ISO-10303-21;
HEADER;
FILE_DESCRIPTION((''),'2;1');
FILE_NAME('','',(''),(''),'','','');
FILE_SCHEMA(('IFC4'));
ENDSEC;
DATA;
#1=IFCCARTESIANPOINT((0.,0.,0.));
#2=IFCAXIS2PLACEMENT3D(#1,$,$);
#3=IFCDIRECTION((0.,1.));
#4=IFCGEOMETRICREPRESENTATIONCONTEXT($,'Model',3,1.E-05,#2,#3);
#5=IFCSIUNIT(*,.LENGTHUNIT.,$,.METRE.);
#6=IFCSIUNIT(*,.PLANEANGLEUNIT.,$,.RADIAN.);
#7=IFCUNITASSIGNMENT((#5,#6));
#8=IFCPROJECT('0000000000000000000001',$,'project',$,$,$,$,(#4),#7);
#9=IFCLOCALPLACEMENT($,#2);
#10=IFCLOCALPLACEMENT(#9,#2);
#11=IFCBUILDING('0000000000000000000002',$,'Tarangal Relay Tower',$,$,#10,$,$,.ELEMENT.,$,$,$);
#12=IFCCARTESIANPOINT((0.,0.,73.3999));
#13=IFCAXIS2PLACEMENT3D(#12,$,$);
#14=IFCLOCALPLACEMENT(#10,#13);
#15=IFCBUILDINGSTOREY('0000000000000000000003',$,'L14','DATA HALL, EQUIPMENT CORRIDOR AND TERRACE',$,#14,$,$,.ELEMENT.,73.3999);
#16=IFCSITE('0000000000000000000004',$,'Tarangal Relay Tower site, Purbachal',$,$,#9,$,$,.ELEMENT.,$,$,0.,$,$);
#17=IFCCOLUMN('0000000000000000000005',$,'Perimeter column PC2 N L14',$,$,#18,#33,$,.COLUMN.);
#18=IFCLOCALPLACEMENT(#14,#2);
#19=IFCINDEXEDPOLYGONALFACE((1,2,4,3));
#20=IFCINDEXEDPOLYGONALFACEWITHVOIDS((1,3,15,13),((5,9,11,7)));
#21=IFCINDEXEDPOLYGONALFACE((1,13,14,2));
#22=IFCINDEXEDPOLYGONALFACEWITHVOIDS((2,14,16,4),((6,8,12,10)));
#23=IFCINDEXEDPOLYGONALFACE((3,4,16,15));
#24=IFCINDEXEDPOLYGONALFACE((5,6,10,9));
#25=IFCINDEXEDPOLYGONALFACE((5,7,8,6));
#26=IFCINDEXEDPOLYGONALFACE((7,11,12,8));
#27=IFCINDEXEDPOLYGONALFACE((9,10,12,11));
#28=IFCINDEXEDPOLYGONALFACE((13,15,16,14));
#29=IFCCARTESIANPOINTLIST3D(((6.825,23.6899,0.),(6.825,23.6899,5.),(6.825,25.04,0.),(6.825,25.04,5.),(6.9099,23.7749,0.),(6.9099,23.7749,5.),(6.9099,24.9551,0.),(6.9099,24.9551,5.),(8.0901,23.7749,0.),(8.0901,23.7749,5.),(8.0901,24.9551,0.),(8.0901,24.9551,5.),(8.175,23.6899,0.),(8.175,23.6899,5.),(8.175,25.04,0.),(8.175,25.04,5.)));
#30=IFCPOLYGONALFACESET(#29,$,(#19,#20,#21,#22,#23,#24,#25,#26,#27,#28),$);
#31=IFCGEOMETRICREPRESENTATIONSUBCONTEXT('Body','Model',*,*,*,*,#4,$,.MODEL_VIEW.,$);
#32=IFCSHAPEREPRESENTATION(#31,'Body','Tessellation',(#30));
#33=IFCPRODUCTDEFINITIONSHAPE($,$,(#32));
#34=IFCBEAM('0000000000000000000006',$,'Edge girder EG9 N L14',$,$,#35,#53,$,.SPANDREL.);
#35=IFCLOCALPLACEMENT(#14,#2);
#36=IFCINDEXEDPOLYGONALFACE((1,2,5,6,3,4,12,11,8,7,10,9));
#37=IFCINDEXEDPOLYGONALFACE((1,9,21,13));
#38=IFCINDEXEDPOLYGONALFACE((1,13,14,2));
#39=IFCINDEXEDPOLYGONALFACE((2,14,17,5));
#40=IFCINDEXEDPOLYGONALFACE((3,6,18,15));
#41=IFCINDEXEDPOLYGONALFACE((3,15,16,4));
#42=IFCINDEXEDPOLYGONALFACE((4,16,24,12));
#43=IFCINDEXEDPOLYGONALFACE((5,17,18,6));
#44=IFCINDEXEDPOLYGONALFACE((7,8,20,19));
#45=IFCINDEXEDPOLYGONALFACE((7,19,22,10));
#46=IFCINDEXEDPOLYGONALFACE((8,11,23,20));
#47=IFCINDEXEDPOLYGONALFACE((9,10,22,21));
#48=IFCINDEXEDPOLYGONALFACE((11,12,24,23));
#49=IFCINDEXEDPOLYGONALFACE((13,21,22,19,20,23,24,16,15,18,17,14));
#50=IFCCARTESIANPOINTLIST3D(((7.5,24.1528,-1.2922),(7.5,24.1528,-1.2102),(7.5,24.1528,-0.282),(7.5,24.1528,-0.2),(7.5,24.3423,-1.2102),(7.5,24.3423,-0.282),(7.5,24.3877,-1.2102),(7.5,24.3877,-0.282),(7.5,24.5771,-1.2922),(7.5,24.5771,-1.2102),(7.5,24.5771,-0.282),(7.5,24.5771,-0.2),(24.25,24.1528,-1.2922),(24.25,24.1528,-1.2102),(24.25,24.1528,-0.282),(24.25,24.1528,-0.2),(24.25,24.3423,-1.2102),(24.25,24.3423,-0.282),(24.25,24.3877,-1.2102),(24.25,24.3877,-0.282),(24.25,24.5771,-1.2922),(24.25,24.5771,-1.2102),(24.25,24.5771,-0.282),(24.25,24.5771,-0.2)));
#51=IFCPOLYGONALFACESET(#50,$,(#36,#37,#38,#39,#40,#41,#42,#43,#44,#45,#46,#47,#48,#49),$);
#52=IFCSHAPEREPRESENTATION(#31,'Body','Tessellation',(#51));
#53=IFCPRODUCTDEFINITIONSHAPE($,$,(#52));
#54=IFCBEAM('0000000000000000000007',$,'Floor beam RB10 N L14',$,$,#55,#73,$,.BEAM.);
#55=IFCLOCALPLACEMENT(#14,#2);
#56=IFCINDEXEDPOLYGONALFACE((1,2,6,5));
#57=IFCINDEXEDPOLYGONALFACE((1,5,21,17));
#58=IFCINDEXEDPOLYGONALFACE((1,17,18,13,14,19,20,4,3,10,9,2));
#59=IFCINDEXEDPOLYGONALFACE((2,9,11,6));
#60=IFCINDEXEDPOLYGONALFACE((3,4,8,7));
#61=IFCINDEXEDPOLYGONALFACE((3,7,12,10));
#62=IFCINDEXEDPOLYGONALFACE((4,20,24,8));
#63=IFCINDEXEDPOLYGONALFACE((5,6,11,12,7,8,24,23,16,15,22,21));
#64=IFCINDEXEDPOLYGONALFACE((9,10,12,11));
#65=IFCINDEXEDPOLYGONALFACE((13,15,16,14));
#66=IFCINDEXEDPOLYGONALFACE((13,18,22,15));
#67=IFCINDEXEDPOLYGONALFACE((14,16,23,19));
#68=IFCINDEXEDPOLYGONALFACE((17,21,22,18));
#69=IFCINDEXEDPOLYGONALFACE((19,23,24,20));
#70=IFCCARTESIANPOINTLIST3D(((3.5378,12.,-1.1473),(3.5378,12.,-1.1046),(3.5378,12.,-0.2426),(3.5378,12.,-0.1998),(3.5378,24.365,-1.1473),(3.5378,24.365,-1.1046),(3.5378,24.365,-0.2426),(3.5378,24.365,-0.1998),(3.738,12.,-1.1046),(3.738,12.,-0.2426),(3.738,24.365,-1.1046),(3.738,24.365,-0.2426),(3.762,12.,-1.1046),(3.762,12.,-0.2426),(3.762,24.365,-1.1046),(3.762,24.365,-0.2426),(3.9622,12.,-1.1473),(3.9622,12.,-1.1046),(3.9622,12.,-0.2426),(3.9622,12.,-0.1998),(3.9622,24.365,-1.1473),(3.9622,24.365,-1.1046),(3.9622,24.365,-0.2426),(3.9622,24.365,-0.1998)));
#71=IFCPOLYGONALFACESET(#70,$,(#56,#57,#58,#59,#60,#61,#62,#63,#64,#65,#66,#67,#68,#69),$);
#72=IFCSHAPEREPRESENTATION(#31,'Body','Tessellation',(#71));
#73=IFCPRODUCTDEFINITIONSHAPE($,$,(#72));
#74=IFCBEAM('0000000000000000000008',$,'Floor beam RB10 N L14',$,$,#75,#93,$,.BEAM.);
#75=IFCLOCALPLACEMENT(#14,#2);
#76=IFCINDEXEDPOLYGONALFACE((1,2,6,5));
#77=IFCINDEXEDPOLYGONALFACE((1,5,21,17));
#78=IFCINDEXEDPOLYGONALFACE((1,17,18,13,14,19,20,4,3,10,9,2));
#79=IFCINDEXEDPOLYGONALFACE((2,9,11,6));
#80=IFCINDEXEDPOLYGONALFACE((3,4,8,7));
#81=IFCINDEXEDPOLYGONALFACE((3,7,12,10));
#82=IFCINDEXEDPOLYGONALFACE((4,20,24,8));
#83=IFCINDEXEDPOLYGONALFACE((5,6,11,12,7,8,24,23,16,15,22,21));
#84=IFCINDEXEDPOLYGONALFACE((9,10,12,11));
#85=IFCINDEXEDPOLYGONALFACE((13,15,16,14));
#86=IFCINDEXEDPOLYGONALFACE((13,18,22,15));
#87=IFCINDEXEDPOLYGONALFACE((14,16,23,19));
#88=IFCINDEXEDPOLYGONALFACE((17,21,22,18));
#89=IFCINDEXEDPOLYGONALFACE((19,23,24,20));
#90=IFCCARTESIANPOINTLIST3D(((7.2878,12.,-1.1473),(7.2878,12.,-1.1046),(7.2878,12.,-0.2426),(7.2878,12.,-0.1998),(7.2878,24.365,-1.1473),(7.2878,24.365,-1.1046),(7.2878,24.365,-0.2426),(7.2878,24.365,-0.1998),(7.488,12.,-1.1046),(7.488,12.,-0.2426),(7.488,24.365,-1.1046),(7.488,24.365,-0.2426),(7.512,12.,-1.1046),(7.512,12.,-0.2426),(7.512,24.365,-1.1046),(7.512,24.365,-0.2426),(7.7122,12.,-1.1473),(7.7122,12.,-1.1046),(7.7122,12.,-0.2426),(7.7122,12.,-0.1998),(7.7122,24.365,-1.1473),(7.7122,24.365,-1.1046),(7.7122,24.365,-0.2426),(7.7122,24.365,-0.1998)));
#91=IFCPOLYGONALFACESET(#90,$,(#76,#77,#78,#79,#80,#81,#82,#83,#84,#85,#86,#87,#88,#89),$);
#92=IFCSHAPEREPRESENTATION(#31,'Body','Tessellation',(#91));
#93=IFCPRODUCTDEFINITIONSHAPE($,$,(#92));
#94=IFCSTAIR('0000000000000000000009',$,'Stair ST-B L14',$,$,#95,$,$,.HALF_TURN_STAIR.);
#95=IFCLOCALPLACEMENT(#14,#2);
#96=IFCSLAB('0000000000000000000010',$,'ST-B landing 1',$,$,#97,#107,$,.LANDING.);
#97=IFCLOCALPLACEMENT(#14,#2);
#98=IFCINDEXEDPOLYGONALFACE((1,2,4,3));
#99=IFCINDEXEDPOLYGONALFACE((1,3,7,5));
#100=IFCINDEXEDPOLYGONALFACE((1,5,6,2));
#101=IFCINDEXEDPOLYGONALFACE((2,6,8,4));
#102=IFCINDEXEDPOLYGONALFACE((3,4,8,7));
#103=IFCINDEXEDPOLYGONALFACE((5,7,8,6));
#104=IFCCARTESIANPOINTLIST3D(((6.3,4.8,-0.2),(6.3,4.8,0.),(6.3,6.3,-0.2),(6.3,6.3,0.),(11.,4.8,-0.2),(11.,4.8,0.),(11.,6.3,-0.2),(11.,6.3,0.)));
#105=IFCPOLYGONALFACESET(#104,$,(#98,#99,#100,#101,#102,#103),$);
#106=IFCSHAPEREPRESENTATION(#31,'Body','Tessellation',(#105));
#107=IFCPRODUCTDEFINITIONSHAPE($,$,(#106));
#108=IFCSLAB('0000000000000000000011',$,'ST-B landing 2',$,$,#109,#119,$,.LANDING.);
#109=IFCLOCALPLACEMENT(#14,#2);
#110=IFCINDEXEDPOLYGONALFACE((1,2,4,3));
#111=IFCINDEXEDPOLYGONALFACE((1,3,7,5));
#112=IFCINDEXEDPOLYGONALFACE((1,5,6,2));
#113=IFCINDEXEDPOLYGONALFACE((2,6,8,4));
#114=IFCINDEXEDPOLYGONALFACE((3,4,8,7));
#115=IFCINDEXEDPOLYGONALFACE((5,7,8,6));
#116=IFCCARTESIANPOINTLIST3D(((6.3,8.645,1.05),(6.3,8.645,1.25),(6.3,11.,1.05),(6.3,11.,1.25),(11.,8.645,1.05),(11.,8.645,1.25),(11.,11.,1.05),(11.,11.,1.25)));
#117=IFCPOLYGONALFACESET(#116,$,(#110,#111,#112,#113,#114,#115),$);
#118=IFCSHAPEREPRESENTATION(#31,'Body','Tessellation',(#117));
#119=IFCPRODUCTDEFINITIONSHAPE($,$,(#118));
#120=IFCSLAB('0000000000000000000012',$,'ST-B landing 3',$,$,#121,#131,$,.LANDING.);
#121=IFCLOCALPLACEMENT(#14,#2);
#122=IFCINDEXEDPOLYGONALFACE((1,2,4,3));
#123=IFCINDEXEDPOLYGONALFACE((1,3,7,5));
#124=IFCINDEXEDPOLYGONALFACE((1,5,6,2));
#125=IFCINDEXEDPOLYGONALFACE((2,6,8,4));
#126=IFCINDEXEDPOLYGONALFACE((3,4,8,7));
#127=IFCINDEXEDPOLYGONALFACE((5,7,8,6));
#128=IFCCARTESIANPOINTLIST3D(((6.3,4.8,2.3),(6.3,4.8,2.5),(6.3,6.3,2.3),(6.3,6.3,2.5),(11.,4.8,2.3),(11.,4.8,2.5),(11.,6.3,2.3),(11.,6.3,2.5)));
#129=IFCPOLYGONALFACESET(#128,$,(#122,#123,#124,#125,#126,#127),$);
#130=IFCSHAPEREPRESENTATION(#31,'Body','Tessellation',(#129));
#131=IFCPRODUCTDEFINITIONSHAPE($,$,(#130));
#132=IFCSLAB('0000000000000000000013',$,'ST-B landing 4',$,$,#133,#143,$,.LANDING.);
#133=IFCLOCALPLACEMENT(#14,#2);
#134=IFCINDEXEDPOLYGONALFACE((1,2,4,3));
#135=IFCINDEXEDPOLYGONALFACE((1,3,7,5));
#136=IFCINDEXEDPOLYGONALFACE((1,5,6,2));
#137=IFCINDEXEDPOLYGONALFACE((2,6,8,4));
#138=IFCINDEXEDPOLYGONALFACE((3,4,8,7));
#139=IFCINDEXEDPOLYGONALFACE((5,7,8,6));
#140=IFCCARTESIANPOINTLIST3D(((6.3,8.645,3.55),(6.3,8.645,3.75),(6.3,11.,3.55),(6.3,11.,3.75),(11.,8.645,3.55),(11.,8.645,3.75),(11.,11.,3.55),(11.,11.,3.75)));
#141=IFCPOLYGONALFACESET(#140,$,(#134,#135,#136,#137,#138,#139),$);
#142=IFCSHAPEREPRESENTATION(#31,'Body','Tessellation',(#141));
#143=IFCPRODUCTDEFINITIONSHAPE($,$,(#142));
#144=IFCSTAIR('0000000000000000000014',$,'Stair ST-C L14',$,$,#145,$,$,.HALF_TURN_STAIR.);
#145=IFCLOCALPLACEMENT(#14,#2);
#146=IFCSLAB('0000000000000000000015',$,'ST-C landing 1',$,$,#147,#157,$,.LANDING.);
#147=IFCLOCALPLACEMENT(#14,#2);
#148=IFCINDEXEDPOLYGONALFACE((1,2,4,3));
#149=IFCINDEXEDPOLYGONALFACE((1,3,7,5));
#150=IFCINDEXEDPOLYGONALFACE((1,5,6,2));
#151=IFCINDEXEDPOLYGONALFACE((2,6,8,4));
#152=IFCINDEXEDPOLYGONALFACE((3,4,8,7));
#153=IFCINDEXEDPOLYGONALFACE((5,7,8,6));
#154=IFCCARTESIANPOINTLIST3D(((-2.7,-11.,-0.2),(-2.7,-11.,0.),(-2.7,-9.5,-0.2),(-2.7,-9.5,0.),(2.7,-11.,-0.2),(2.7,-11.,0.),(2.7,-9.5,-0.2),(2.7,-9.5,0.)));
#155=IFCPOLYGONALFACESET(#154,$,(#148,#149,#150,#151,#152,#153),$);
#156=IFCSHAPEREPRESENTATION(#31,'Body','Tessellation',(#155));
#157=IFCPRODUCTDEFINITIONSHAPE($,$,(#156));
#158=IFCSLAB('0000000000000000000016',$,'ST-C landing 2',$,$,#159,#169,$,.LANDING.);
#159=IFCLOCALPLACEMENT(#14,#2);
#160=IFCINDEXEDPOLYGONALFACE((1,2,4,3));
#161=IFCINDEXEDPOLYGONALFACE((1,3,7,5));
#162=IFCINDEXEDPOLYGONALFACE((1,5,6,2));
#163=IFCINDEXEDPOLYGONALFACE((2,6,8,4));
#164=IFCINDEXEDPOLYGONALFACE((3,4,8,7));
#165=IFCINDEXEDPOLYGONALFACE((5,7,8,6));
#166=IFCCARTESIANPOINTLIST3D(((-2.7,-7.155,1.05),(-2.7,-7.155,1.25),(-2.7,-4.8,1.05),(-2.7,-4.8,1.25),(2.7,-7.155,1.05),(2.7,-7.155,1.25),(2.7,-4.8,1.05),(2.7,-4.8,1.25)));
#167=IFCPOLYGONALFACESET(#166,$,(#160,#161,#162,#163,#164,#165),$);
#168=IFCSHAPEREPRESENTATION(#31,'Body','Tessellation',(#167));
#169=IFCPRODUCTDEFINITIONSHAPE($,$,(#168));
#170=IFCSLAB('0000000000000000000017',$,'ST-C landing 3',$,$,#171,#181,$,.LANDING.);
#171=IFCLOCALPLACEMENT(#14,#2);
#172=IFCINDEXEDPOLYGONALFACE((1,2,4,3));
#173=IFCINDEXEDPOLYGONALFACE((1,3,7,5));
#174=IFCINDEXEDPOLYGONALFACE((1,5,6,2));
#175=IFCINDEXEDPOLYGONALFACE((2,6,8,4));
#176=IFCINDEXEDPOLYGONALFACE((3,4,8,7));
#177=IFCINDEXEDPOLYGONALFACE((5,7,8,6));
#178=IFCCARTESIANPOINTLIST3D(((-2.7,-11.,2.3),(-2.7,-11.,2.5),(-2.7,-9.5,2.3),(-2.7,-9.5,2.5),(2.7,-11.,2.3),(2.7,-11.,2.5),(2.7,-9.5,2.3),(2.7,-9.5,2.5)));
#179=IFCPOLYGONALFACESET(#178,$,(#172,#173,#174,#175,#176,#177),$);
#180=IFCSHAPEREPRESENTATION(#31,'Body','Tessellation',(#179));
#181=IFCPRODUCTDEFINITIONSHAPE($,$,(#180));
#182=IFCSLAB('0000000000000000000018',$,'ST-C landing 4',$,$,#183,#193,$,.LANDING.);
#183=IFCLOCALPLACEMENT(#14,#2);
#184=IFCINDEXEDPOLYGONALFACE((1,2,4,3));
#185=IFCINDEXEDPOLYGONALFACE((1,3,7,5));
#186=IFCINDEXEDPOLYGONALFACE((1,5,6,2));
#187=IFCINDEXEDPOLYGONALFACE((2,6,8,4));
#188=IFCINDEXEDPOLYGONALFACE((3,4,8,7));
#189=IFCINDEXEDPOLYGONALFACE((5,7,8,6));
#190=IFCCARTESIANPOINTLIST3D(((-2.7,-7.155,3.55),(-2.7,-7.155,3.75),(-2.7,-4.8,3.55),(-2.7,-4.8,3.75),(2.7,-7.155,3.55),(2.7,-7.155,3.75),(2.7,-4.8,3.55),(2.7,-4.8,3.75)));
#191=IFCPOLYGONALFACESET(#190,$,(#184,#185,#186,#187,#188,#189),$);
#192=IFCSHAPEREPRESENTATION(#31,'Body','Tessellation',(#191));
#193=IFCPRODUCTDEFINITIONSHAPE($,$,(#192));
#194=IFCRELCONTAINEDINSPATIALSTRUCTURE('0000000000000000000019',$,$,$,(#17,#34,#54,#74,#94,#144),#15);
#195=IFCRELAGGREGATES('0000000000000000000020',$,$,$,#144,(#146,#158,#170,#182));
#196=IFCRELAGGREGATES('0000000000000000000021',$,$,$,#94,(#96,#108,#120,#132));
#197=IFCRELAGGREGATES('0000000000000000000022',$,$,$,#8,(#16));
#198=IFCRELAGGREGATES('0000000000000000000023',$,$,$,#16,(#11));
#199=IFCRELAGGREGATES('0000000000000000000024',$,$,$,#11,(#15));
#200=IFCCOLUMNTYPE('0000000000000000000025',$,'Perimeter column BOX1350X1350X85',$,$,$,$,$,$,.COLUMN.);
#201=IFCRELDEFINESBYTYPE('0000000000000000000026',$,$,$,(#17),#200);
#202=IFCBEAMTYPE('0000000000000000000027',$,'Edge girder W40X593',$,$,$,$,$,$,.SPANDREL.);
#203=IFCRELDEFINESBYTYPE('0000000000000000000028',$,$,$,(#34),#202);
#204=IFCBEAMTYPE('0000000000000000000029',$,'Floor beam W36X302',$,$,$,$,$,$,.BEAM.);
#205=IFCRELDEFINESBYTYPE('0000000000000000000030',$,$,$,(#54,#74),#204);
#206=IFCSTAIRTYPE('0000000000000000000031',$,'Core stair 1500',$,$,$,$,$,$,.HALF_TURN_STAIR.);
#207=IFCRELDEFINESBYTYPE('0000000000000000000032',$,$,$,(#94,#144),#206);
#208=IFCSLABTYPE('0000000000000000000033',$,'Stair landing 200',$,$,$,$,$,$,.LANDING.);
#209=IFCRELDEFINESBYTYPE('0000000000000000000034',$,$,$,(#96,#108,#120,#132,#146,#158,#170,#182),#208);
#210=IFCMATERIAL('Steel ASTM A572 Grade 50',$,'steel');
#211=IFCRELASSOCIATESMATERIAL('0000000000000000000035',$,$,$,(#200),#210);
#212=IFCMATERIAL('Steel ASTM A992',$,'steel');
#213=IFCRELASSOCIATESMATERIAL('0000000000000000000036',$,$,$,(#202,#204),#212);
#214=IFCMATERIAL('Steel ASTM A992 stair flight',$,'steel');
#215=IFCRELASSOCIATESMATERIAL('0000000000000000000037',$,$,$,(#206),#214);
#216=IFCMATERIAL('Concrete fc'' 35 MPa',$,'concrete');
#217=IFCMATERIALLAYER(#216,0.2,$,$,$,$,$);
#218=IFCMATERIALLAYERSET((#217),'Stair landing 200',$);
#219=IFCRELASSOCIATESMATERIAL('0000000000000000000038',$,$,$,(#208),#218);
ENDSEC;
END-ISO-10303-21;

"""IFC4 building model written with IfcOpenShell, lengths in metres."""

from ifc_helpers import new_model, si_unit, direction, frame, origin, origin_2d, place, context, subcontext, project, spatial, polyline, hollow_rectangle, i_section, outline, extrude, material, layer, layer_set, material_profile, profile_set, type_object, element, aggregate, save


model = new_model("IFC4")

# Units and contexts
model_context = context("Model", 3, precision=1e-05, world=origin(), true_north=direction((0.0, 1.0)))
body_context = subcontext(model_context, "Body", "Model", "MODEL_VIEW")
ifc_project = project(units=[si_unit("LENGTHUNIT", "METRE"), si_unit("PLANEANGLEUNIT", "RADIAN")], contexts=[model_context])

# Site, building, storey
site_placement = place(None, origin())
site = spatial("IfcSite", under=ifc_project, at=site_placement, Name="Tarangal Relay Tower site, Purbachal", CompositionType="ELEMENT", RefElevation=0.0)
building_placement = place(site_placement, origin())
building = spatial("IfcBuilding", under=site, at=building_placement, Name="Tarangal Relay Tower", CompositionType="ELEMENT")
storey_placement = place(building_placement, frame((0.0, 0.0, 73.3999)))
storey = spatial("IfcBuildingStorey", under=building, at=storey_placement, Name="L14", Description="DATA HALL, EQUIPMENT CORRIDOR AND TERRACE", CompositionType="ELEMENT", Elevation=73.3999)

# Column
ifc_material_1 = material(Name="Steel ASTM A572 Grade 50", Category="steel")
ifc_material_profile_1 = material_profile(ifc_material_1, hollow_rectangle(XDim=1.3501, YDim=1.3501, WallThickness=0.085, at=origin_2d()), Name="BOX1350X1350X85")
ifc_profile_set_1 = profile_set([ifc_material_profile_1], Name="Steel ASTM A572 Grade 50")
column_type = type_object("IfcColumnType", Name="Perimeter column BOX1350X1350X85", PredefinedType="COLUMN", material=ifc_profile_set_1)
column_placement = place(storey_placement, frame((7.5, 24.365, 0.0), z_axis=(0.0, 0.0, 1.0), x_axis=(1.0, 0.0, 0.0)))
element("IfcColumn", 1, at=column_placement, inside=storey, type_object=column_type, Name="Perimeter column PC2 N L14", PredefinedType="COLUMN", context=body_context, shape_type="SweptSolid", body=[
    extrude(hollow_rectangle(XDim=1.3501, YDim=1.3501, WallThickness=0.085, at=origin_2d()), origin(), (0.0, 0.0, 1.0), 5.0),
])

# Beams
ifc_material_2 = material(Name="Steel ASTM A992", Category="steel")
ifc_material_profile_2 = material_profile(ifc_material_2, i_section(OverallWidth=0.4243, OverallDepth=1.0923, WebThickness=0.0454, FlangeThickness=0.082, at=origin_2d()), Name="W40X593")
ifc_profile_set_2 = profile_set([ifc_material_profile_2], Name="Steel ASTM A992")
beam_type_1 = type_object("IfcBeamType", Name="Edge girder W40X593", PredefinedType="SPANDREL", material=ifc_profile_set_2)
beam_placement = place(storey_placement, frame((7.5, 24.365, -0.7461), z_axis=(1.0, 0.0, 0.0), x_axis=(0.0, 1.0, 0.0)))
element("IfcBeam", 2, at=beam_placement, inside=storey, type_object=beam_type_1, Name="Edge girder EG9 N L14", PredefinedType="SPANDREL", context=body_context, shape_type="SweptSolid", body=[
    extrude(i_section(OverallWidth=0.4243, OverallDepth=1.0923, WebThickness=0.0454, FlangeThickness=0.082, at=origin_2d()), origin(), (0.0, 0.0, 1.0), 16.75),
])
ifc_material_profile_3 = material_profile(ifc_material_2, i_section(OverallWidth=0.4243, OverallDepth=0.9475, WebThickness=0.0239, FlangeThickness=0.0427, at=origin_2d()), Name="W36X302")
ifc_profile_set_3 = profile_set([ifc_material_profile_3], Name="Steel ASTM A992")
beam_type_2 = type_object("IfcBeamType", Name="Floor beam W36X302", PredefinedType="BEAM", material=ifc_profile_set_3)
for number, where, z_axis, x_axis, name in (
    (3, (3.75, 12.0, -0.6736), (0.0, 1.0, 0.0), (-1.0, 0.0, 0.0), "Floor beam RB10 N L14"),
    (4, (7.5, 12.0, -0.6736), (0.0, 1.0, 0.0), (-1.0, 0.0, 0.0), "Floor beam RB10 N L14"),
):
    element("IfcBeam", number, at=place(storey_placement, frame(where, z_axis=z_axis, x_axis=x_axis)), inside=storey, type_object=beam_type_2, Name=name, PredefinedType="BEAM", context=body_context, shape_type="SweptSolid", body=[
        extrude(i_section(OverallWidth=0.4243, OverallDepth=0.9475, WebThickness=0.0239, FlangeThickness=0.0427, at=origin_2d()), origin(), (0.0, 0.0, 1.0), 12.365),
    ])

# Stairs, slabs
ifc_material_3 = material(Name="Steel ASTM A992 stair flight", Category="steel")
stair_type = type_object("IfcStairType", Name="Core stair 1500", PredefinedType="HALF_TURN_STAIR", material=ifc_material_3)
stair_1_placement = place(storey_placement, origin())
stair_1 = element("IfcStair", 5, at=stair_1_placement, inside=storey, type_object=stair_type, Name="Stair ST-B L14", PredefinedType="HALF_TURN_STAIR")
ifc_material_4 = material(Name="Concrete fc' 35 MPa", Category="concrete")
ifc_layer_1 = layer(ifc_material_4, 0.2)
ifc_layer_set_1 = layer_set([ifc_layer_1], Name="Stair landing 200")
slab_type = type_object("IfcSlabType", Name="Stair landing 200", PredefinedType="LANDING", material=ifc_layer_set_1)
slab_1_placement = place(storey_placement, frame((0.0, 0.0, -0.2)))
slab_1 = element("IfcSlab", 6, at=slab_1_placement, type_object=slab_type, Name="ST-B landing 1", PredefinedType="LANDING", context=body_context, shape_type="SweptSolid", body=[
    extrude(outline(polyline([(6.3, 4.8), (11.0, 4.8), (11.0, 6.3), (6.3, 6.3), (6.3, 4.8)])), origin(), (0.0, 0.0, 1.0), 0.2),
])
slab_2_placement = place(storey_placement, frame((0.0, 0.0, 1.05)))
slab_2 = element("IfcSlab", 7, at=slab_2_placement, type_object=slab_type, Name="ST-B landing 2", PredefinedType="LANDING", context=body_context, shape_type="SweptSolid", body=[
    extrude(outline(polyline([(6.3, 8.645), (11.0, 8.645), (11.0, 11.0), (6.3, 11.0), (6.3, 8.645)])), origin(), (0.0, 0.0, 1.0), 0.2),
])
slab_3_placement = place(storey_placement, frame((0.0, 0.0, 2.3)))
slab_3 = element("IfcSlab", 8, at=slab_3_placement, type_object=slab_type, Name="ST-B landing 3", PredefinedType="LANDING", context=body_context, shape_type="SweptSolid", body=[
    extrude(outline(polyline([(6.3, 4.8), (11.0, 4.8), (11.0, 6.3), (6.3, 6.3), (6.3, 4.8)])), origin(), (0.0, 0.0, 1.0), 0.2),
])
slab_4_placement = place(storey_placement, frame((0.0, 0.0, 3.55)))
slab_4 = element("IfcSlab", 9, at=slab_4_placement, type_object=slab_type, Name="ST-B landing 4", PredefinedType="LANDING", context=body_context, shape_type="SweptSolid", body=[
    extrude(outline(polyline([(6.3, 8.645), (11.0, 8.645), (11.0, 11.0), (6.3, 11.0), (6.3, 8.645)])), origin(), (0.0, 0.0, 1.0), 0.2),
])
stair_2_placement = place(storey_placement, origin())
stair_2 = element("IfcStair", 10, at=stair_2_placement, inside=storey, type_object=stair_type, Name="Stair ST-C L14", PredefinedType="HALF_TURN_STAIR")
slab_5_placement = place(storey_placement, frame((0.0, 0.0, -0.2)))
slab_5 = element("IfcSlab", 11, at=slab_5_placement, type_object=slab_type, Name="ST-C landing 1", PredefinedType="LANDING", context=body_context, shape_type="SweptSolid", body=[
    extrude(outline(polyline([(-2.7, -11.0), (2.7, -11.0), (2.7, -9.5), (-2.7, -9.5), (-2.7, -11.0)])), origin(), (0.0, 0.0, 1.0), 0.2),
])
slab_6_placement = place(storey_placement, frame((0.0, 0.0, 1.05)))
slab_6 = element("IfcSlab", 12, at=slab_6_placement, type_object=slab_type, Name="ST-C landing 2", PredefinedType="LANDING", context=body_context, shape_type="SweptSolid", body=[
    extrude(outline(polyline([(-2.7, -7.155), (2.7, -7.155), (2.7, -4.8), (-2.7, -4.8), (-2.7, -7.155)])), origin(), (0.0, 0.0, 1.0), 0.2),
])
slab_7_placement = place(storey_placement, frame((0.0, 0.0, 2.3)))
slab_7 = element("IfcSlab", 13, at=slab_7_placement, type_object=slab_type, Name="ST-C landing 3", PredefinedType="LANDING", context=body_context, shape_type="SweptSolid", body=[
    extrude(outline(polyline([(-2.7, -11.0), (2.7, -11.0), (2.7, -9.5), (-2.7, -9.5), (-2.7, -11.0)])), origin(), (0.0, 0.0, 1.0), 0.2),
])
slab_8_placement = place(storey_placement, frame((0.0, 0.0, 3.55)))
slab_8 = element("IfcSlab", 14, at=slab_8_placement, type_object=slab_type, Name="ST-C landing 4", PredefinedType="LANDING", context=body_context, shape_type="SweptSolid", body=[
    extrude(outline(polyline([(-2.7, -7.155), (2.7, -7.155), (2.7, -4.8), (-2.7, -4.8), (-2.7, -7.155)])), origin(), (0.0, 0.0, 1.0), 0.2),
])
aggregate(stair_2, [slab_5, slab_6, slab_7, slab_8])

aggregate(stair_1, [slab_1, slab_2, slab_3, slab_4])

save(model, "model.ifc")
